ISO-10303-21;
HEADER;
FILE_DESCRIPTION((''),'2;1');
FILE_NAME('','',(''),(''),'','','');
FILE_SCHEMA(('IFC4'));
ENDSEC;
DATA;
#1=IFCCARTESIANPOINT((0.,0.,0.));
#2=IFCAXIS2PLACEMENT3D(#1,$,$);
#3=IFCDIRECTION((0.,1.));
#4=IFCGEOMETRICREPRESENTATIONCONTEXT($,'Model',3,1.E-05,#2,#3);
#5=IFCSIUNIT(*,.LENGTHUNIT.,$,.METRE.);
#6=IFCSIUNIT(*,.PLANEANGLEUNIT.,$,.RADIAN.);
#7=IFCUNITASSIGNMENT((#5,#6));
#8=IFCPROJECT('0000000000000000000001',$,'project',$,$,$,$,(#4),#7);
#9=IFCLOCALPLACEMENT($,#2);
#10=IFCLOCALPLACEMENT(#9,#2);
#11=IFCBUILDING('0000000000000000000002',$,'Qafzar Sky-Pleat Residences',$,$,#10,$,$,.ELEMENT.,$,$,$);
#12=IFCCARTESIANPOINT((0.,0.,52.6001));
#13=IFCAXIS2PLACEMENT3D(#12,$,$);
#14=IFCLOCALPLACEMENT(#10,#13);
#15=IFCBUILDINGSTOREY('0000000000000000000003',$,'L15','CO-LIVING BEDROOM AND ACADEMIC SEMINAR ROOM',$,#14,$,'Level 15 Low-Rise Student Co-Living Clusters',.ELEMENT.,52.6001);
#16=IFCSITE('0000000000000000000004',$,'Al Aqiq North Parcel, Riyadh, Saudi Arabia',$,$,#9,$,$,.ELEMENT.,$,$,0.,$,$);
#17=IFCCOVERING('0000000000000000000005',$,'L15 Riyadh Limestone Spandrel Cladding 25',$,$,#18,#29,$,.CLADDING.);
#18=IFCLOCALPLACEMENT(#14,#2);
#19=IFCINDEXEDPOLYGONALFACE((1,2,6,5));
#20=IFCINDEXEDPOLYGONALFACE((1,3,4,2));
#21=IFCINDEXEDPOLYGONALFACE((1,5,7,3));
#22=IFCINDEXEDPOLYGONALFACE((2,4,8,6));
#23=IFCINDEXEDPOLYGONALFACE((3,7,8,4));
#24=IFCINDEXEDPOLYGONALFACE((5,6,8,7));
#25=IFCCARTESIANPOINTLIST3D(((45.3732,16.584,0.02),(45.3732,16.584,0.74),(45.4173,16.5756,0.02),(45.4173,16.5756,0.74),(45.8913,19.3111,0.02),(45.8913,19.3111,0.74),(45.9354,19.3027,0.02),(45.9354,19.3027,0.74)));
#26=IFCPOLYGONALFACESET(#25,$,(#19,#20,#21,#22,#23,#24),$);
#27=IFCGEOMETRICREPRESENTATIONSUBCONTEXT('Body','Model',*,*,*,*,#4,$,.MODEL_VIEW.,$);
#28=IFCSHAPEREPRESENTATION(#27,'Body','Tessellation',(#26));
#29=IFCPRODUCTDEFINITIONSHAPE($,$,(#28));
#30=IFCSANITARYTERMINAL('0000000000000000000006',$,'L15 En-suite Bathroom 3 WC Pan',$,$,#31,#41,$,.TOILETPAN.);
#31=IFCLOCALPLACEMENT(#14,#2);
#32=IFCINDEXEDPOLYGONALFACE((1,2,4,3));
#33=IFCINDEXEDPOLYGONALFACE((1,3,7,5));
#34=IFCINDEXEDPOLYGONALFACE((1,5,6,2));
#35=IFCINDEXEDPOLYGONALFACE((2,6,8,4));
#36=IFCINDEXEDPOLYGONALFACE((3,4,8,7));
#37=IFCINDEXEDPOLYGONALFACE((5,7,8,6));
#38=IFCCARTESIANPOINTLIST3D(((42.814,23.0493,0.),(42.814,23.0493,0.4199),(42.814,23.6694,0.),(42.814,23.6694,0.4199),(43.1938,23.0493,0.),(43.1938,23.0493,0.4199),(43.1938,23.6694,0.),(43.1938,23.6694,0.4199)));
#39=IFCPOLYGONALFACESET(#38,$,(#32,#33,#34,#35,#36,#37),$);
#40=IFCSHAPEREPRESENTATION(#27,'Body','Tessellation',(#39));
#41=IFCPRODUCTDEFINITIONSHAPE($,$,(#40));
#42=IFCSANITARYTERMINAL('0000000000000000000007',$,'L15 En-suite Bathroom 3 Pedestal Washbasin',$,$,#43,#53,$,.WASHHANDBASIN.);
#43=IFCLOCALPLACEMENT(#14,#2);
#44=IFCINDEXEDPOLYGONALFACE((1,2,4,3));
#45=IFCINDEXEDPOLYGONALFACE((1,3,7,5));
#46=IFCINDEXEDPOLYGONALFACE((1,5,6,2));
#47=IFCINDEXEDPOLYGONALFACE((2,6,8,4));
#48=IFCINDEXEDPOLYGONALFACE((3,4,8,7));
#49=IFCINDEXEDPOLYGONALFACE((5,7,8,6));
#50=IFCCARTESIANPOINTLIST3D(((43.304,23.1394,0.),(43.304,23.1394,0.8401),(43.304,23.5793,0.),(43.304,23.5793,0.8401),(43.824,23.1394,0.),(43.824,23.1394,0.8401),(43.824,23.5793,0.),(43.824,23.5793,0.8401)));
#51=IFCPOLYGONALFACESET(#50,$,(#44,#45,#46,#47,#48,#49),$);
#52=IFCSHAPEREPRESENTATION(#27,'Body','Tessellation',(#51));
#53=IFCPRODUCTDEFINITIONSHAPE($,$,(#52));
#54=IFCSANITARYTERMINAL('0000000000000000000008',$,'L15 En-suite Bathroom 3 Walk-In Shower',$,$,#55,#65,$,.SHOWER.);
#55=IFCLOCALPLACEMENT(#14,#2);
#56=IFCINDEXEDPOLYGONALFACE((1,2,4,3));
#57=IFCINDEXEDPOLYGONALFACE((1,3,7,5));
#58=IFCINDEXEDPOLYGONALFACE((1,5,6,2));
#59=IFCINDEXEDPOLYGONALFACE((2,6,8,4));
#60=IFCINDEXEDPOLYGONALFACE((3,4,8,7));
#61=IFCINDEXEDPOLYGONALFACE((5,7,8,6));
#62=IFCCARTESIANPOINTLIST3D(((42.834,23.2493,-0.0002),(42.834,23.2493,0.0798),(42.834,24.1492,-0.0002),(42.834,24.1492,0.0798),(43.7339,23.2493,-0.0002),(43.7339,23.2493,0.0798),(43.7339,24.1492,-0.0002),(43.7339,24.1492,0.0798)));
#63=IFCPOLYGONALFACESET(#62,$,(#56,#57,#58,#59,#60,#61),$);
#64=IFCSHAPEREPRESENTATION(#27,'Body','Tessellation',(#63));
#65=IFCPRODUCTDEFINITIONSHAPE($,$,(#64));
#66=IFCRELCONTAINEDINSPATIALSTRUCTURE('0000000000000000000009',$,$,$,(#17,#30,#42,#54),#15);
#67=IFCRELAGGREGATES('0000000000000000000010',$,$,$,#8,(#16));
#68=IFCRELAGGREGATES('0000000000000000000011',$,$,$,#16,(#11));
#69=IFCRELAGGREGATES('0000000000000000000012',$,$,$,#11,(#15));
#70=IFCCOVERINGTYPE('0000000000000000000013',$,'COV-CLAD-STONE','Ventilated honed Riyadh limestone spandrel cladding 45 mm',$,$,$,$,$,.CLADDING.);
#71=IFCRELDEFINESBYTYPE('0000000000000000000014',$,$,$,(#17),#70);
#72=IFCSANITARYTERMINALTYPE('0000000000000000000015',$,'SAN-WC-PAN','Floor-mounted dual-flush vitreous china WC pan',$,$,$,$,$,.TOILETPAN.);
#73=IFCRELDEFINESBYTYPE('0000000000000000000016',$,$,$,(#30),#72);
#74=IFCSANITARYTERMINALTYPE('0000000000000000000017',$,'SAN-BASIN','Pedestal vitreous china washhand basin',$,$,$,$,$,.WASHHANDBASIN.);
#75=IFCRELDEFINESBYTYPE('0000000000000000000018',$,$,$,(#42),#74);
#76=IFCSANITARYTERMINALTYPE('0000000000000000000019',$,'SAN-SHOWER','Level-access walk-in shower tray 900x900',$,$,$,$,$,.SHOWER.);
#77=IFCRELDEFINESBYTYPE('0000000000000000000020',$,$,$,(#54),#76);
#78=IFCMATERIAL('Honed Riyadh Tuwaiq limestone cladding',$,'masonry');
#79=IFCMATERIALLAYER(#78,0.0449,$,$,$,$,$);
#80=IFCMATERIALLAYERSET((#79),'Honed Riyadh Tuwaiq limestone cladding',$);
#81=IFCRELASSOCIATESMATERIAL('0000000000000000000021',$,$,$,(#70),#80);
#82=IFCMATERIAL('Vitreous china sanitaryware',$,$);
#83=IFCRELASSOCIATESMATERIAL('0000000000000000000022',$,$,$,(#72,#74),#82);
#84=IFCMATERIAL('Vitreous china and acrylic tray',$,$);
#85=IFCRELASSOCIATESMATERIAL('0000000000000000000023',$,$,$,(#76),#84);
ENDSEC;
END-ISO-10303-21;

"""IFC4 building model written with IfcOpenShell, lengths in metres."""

from ifc_helpers import new_model, si_unit, direction, frame, origin, origin_2d, place, context, subcontext, project, spatial, rectangle, extrude, source, transform, mapped, material, layer, layer_set, type_object, element, save


model = new_model("IFC4")

# Units and contexts
model_context = context("Model", 3, precision=1e-05, world=origin(), true_north=direction((0.0, 1.0)))
body_context = subcontext(model_context, "Body", "Model", "MODEL_VIEW")
ifc_project = project(units=[si_unit("LENGTHUNIT", "METRE"), si_unit("PLANEANGLEUNIT", "RADIAN")], contexts=[model_context])

# Site, building, storey
site_placement = place(None, origin())
site = spatial("IfcSite", under=ifc_project, at=site_placement, Name="Al Aqiq North Parcel, Riyadh, Saudi Arabia", CompositionType="ELEMENT", RefElevation=0.0)
building_placement = place(site_placement, origin())
building = spatial("IfcBuilding", under=site, at=building_placement, Name="Qafzar Sky-Pleat Residences", CompositionType="ELEMENT")
storey_placement = place(building_placement, frame((0.0, 0.0, 52.6001)))
storey = spatial("IfcBuildingStorey", under=building, at=storey_placement, Name="L15", Description="CO-LIVING BEDROOM AND ACADEMIC SEMINAR ROOM", LongName="Level 15 Low-Rise Student Co-Living Clusters", CompositionType="ELEMENT", Elevation=52.6001)

# Covering
ifc_material_1 = material(Name="Honed Riyadh Tuwaiq limestone cladding", Category="masonry")
ifc_layer_1 = layer(ifc_material_1, 0.0449)
ifc_layer_set_1 = layer_set([ifc_layer_1], Name="Honed Riyadh Tuwaiq limestone cladding")
covering_type = type_object("IfcCoveringType", Name="COV-CLAD-STONE", Description="Ventilated honed Riyadh limestone spandrel cladding 45 mm", PredefinedType="CLADDING", material=ifc_layer_set_1)
shared_shape_1 = source(origin(), body_context, "Body", "SweptSolid", [
    extrude(rectangle(XDim=2.7759, YDim=0.0449, at=origin_2d()), origin(), (0.0, 0.0, 1.0), 0.72),
])
covering_placement = place(storey_placement, frame((45.6543, 17.9434, 0.02), z_axis=(0.0, 0.0, 1.0), x_axis=(0.186661, 0.982424, 0.0)))
element("IfcCovering", 1, at=covering_placement, inside=storey, type_object=covering_type, Name="L15 Riyadh Limestone Spandrel Cladding 25", PredefinedType="CLADDING", context=body_context, shape_type="MappedRepresentation", body=[
    mapped(shared_shape_1, transform((0.0, 0.0, 0.0), x_axis=(1.0, 0.0, 0.0), y_axis=(0.0, 1.0, 0.0), z_axis=(0.0, 0.0, 1.0), scale=1.0)),
])

# Sanitary terminals
ifc_material_2 = material(Name="Vitreous china sanitaryware")
sanitary_terminal_type_1 = type_object("IfcSanitaryTerminalType", Name="SAN-WC-PAN", Description="Floor-mounted dual-flush vitreous china WC pan", PredefinedType="TOILETPAN", material=ifc_material_2)
shared_shape_2 = source(origin(), body_context, "Body", "SweptSolid", [
    extrude(rectangle(XDim=0.3799, YDim=0.6201, at=origin_2d()), origin(), (0.0, 0.0, 1.0), 0.4199),
])
sanitary_terminal_1_placement = place(storey_placement, frame((43.0039, 23.3594, 0.0), z_axis=(0.0, 0.0, 1.0), x_axis=(1.0, 0.0, 0.0)))
element("IfcSanitaryTerminal", 2, at=sanitary_terminal_1_placement, inside=storey, type_object=sanitary_terminal_type_1, Name="L15 En-suite Bathroom 3 WC Pan", PredefinedType="TOILETPAN", context=body_context, shape_type="MappedRepresentation", body=[
    mapped(shared_shape_2, transform((0.0, 0.0, 0.0), x_axis=(1.0, 0.0, 0.0), y_axis=(0.0, 1.0, 0.0), z_axis=(0.0, 0.0, 1.0), scale=1.0)),
])
sanitary_terminal_type_2 = type_object("IfcSanitaryTerminalType", Name="SAN-BASIN", Description="Pedestal vitreous china washhand basin", PredefinedType="WASHHANDBASIN", material=ifc_material_2)
shared_shape_3 = source(origin(), body_context, "Body", "SweptSolid", [
    extrude(rectangle(XDim=0.52, YDim=0.4399, at=origin_2d()), origin(), (0.0, 0.0, 1.0), 0.8401),
])
sanitary_terminal_2_placement = place(storey_placement, frame((43.564, 23.3594, 0.0), z_axis=(0.0, 0.0, 1.0), x_axis=(1.0, 0.0, 0.0)))
element("IfcSanitaryTerminal", 3, at=sanitary_terminal_2_placement, inside=storey, type_object=sanitary_terminal_type_2, Name="L15 En-suite Bathroom 3 Pedestal Washbasin", PredefinedType="WASHHANDBASIN", context=body_context, shape_type="MappedRepresentation", body=[
    mapped(shared_shape_3, transform((0.0, 0.0, 0.0), x_axis=(1.0, 0.0, 0.0), y_axis=(0.0, 1.0, 0.0), z_axis=(0.0, 0.0, 1.0), scale=1.0)),
])
ifc_material_3 = material(Name="Vitreous china and acrylic tray")
sanitary_terminal_type_3 = type_object("IfcSanitaryTerminalType", Name="SAN-SHOWER", Description="Level-access walk-in shower tray 900x900", PredefinedType="SHOWER", material=ifc_material_3)
shared_shape_4 = source(origin(), body_context, "Body", "SweptSolid", [
    extrude(rectangle(XDim=0.8999, YDim=0.8999, at=origin_2d()), origin(), (0.0, 0.0, 1.0), 0.0801),
])
sanitary_terminal_3_placement = place(storey_placement, frame((43.2839, 23.6992, -0.0002), z_axis=(0.0, 0.0, 1.0), x_axis=(1.0, 0.0, 0.0)))
element("IfcSanitaryTerminal", 4, at=sanitary_terminal_3_placement, inside=storey, type_object=sanitary_terminal_type_3, Name="L15 En-suite Bathroom 3 Walk-In Shower", PredefinedType="SHOWER", context=body_context, shape_type="MappedRepresentation", body=[
    mapped(shared_shape_4, transform((0.0, 0.0, 0.0), x_axis=(1.0, 0.0, 0.0), y_axis=(0.0, 1.0, 0.0), z_axis=(0.0, 0.0, 1.0), scale=1.0)),
])

save(model, "model.ifc")
